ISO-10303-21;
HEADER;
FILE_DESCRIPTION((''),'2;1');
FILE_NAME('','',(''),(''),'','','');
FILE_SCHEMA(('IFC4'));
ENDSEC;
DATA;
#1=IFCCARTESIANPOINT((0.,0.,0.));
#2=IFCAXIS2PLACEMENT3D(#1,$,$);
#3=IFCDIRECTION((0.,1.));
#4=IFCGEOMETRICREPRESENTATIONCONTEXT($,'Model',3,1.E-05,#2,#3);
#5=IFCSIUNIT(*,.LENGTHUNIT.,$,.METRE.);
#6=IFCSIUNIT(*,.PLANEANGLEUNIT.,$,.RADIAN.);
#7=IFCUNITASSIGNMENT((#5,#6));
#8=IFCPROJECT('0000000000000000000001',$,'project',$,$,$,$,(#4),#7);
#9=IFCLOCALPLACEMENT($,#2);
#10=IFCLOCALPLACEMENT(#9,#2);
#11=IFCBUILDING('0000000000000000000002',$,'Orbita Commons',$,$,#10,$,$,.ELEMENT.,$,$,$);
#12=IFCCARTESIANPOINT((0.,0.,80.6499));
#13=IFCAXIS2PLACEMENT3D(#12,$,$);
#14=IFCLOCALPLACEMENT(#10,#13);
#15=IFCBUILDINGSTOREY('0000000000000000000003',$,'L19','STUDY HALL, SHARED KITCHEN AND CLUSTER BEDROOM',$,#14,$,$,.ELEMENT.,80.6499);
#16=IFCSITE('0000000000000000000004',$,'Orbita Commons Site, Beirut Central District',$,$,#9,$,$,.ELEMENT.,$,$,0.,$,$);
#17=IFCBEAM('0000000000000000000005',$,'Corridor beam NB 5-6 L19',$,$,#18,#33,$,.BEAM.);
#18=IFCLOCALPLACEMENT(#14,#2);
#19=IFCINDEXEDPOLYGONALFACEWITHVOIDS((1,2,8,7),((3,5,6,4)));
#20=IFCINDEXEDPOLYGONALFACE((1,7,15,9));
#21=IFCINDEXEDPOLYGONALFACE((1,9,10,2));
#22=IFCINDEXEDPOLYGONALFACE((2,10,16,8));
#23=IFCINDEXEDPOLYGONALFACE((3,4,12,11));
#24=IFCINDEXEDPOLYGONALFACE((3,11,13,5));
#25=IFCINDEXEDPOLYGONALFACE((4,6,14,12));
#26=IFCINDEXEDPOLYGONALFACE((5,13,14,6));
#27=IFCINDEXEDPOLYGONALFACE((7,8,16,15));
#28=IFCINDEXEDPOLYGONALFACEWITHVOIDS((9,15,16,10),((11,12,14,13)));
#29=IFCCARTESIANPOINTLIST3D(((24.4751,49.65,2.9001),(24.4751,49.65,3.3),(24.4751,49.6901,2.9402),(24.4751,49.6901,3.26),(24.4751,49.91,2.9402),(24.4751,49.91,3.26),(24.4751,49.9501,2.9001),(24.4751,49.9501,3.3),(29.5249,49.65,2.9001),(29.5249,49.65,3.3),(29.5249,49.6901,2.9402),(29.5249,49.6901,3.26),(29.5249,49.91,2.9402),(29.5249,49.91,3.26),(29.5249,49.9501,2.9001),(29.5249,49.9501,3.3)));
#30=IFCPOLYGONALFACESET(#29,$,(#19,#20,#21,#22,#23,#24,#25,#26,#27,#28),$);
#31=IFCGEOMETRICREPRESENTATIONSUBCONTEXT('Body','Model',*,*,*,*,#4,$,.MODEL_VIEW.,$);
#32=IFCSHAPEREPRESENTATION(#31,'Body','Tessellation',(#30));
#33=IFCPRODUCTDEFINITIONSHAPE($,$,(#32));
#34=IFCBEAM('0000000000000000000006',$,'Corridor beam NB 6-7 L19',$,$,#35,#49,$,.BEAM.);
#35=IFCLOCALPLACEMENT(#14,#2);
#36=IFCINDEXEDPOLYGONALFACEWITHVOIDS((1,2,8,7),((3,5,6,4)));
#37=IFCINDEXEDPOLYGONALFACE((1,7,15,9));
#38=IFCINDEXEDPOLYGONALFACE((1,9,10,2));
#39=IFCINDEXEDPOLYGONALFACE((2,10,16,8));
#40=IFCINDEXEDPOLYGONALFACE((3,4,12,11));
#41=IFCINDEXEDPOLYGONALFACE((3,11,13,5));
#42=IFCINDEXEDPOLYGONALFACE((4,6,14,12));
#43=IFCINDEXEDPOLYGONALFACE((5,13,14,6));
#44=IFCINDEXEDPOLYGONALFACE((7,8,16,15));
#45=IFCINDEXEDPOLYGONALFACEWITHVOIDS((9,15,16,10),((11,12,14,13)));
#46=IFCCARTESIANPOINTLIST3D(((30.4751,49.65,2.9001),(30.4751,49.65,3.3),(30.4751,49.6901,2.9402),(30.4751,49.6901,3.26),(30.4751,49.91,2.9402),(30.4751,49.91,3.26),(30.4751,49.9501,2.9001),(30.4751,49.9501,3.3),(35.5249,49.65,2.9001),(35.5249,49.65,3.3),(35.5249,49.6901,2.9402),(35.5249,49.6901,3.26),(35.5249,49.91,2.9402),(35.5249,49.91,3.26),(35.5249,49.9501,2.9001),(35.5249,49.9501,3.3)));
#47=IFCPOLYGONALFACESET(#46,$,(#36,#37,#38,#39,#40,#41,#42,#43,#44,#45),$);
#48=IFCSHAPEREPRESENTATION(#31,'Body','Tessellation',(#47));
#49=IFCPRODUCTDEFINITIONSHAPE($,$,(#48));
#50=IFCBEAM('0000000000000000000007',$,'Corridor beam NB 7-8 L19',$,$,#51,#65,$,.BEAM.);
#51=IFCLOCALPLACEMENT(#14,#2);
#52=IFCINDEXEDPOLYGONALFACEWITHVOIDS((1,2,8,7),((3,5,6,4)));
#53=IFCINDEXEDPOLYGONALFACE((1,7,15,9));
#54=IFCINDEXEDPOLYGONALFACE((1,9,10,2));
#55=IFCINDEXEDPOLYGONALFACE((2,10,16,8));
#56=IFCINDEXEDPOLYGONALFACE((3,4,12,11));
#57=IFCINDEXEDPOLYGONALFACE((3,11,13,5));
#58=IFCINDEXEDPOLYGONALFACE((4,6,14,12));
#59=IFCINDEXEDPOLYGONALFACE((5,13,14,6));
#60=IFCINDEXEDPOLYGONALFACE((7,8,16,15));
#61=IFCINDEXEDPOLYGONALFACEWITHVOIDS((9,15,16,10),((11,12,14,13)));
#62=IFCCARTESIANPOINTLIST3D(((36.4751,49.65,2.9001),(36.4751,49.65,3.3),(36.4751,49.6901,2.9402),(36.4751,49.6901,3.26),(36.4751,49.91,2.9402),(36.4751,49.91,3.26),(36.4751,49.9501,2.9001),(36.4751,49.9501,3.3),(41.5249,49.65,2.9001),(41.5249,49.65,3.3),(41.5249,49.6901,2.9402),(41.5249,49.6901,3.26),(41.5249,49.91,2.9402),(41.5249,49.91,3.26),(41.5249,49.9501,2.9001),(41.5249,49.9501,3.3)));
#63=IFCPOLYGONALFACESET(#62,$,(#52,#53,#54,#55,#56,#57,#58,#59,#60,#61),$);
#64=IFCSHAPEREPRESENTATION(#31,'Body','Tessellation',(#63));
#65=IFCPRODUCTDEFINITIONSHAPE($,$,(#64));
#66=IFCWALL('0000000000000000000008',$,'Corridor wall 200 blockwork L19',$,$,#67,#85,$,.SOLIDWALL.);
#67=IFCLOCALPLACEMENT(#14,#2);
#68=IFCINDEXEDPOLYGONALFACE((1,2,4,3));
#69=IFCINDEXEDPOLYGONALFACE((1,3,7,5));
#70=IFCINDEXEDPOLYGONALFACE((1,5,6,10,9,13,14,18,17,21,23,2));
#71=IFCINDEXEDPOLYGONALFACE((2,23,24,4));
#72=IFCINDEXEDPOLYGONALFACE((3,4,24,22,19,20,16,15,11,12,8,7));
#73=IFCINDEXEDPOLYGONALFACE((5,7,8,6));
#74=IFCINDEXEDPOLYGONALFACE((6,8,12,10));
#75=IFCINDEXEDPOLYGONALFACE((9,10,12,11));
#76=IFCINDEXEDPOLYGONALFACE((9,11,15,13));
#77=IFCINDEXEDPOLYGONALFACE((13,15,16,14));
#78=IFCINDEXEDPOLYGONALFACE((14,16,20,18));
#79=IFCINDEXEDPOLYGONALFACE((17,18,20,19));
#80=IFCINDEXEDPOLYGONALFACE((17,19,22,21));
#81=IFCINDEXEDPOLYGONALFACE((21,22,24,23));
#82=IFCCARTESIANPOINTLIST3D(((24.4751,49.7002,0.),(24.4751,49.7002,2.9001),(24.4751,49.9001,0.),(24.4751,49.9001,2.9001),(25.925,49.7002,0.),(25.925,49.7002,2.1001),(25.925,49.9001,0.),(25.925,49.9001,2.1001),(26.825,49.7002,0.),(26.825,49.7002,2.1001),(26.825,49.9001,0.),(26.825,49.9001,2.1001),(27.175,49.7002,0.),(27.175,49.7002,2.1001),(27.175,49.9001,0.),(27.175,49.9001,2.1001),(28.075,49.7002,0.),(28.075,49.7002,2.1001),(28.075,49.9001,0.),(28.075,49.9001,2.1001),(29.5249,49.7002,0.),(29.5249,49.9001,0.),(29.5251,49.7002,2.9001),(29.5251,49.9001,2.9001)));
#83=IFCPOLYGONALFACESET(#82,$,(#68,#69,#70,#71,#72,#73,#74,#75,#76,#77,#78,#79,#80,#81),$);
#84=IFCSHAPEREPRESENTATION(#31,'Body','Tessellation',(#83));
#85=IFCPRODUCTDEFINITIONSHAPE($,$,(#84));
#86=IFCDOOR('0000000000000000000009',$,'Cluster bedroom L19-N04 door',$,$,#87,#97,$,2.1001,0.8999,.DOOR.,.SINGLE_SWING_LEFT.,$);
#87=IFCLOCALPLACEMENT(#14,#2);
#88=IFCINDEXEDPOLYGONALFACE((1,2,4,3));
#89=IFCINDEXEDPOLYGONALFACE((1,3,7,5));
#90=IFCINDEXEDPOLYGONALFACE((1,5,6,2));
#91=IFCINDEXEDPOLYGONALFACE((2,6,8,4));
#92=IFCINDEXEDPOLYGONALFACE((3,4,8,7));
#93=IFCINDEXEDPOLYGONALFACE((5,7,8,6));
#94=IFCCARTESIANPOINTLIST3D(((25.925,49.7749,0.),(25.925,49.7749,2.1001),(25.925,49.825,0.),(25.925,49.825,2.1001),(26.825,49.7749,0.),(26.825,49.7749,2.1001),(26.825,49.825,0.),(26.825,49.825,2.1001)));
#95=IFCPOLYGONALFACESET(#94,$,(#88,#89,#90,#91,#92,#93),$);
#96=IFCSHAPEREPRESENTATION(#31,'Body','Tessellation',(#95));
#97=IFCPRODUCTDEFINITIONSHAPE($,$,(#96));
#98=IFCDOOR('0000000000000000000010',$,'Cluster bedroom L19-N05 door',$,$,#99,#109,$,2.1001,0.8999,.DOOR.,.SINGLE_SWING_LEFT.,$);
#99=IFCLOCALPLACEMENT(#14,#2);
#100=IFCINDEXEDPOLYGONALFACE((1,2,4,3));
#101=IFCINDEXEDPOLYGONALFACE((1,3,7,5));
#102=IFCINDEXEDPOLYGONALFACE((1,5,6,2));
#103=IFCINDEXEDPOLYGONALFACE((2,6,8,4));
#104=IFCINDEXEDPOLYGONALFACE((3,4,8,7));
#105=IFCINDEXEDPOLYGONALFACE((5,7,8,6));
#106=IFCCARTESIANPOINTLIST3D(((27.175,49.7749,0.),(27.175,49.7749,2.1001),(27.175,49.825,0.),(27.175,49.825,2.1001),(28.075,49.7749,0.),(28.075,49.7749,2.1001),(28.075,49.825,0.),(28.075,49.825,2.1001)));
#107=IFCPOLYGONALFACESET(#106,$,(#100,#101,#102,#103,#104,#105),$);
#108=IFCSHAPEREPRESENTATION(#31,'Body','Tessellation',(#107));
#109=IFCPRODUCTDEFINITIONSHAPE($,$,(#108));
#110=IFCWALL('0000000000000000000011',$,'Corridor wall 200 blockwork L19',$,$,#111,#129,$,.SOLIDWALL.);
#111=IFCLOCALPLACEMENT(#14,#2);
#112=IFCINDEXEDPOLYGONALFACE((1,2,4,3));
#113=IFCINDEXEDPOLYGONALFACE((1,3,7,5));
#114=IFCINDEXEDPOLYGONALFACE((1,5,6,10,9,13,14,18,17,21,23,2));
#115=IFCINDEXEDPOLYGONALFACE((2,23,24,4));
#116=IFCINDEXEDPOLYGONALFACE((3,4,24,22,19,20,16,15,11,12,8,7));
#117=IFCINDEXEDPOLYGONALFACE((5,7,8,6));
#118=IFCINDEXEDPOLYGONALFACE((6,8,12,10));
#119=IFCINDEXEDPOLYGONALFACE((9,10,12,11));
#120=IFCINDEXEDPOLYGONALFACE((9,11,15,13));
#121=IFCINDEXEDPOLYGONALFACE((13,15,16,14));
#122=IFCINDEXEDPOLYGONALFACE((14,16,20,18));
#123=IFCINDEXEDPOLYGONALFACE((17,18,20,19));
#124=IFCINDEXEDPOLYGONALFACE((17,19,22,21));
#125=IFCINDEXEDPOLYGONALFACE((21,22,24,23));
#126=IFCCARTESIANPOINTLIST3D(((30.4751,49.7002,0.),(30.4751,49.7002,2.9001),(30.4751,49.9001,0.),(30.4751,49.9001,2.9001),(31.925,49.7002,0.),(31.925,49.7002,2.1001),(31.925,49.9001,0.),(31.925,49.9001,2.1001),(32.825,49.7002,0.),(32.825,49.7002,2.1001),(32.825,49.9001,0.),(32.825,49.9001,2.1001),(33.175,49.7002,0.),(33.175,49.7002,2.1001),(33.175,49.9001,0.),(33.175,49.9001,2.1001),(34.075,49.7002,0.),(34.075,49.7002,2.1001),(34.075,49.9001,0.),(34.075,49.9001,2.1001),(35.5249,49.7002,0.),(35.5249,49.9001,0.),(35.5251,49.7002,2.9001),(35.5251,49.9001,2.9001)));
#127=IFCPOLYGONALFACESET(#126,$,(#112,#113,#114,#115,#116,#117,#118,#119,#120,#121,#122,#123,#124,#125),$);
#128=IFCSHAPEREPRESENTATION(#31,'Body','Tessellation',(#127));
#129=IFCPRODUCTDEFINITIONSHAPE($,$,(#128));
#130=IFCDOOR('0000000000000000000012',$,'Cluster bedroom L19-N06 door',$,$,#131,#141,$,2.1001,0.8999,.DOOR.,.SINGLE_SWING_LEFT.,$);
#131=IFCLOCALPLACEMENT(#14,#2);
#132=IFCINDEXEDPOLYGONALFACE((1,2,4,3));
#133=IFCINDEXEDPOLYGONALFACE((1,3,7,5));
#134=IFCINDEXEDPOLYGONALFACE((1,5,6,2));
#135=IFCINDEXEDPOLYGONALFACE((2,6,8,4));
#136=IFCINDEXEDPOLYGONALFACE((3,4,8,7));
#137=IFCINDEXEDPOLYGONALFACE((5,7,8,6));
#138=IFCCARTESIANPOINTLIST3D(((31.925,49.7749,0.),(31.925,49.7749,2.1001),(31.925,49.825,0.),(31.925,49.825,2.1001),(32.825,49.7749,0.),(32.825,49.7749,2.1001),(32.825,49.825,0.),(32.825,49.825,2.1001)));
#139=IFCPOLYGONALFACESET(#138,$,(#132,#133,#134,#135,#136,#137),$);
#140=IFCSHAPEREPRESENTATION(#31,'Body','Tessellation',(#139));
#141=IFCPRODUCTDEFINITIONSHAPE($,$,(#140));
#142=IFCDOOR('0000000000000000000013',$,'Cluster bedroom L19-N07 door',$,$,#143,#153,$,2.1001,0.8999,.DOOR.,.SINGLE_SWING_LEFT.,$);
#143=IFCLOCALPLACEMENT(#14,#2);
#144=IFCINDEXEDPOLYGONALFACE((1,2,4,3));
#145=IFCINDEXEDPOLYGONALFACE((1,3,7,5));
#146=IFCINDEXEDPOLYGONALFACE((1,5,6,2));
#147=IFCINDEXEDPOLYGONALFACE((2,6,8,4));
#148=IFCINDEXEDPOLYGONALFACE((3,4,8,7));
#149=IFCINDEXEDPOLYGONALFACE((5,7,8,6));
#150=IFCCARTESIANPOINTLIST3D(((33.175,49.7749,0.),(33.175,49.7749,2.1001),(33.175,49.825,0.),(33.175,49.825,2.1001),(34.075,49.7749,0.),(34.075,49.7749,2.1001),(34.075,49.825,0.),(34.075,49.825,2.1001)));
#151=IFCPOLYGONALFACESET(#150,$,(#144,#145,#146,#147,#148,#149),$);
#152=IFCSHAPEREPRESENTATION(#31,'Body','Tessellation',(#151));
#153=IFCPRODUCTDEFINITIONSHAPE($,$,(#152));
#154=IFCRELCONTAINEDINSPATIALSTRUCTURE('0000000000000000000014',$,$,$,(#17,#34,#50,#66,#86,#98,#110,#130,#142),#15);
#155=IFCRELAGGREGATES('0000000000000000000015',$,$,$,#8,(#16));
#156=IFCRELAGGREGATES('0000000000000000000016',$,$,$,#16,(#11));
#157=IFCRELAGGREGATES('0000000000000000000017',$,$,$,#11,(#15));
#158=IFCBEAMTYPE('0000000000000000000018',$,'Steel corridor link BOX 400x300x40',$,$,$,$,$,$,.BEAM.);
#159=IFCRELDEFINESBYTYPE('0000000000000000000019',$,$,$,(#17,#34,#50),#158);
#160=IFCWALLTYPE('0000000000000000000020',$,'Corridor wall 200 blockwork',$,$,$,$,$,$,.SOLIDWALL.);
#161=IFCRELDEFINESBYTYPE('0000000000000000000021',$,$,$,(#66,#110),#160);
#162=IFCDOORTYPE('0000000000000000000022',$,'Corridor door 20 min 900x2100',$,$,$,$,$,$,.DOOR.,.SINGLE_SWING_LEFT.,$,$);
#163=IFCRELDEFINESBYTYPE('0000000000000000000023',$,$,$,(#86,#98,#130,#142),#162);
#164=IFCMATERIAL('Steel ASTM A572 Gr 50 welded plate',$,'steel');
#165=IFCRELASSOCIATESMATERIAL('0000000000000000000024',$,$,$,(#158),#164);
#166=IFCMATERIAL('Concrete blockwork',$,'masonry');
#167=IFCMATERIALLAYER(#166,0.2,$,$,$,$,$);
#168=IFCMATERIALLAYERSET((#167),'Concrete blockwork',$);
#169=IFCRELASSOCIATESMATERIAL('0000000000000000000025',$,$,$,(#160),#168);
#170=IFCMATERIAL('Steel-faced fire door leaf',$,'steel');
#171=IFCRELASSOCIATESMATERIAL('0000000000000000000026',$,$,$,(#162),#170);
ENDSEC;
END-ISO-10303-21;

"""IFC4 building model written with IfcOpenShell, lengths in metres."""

from ifc_helpers import new_model, si_unit, direction, frame, frame_2d, origin, origin_2d, place, context, subcontext, project, spatial, polyline, rectangle, hollow_rectangle, outline, extrude, material, layer, layer_set, material_profile, profile_set, type_object, element, fill, save


model = new_model("IFC4")

# Units and contexts
model_context = context("Model", 3, precision=1e-05, world=origin(), true_north=direction((0.0, 1.0)))
body_context = subcontext(model_context, "Body", "Model", "MODEL_VIEW")
ifc_project = project(units=[si_unit("LENGTHUNIT", "METRE"), si_unit("PLANEANGLEUNIT", "RADIAN")], contexts=[model_context])

# Site, building, storey
site_placement = place(None, origin())
site = spatial("IfcSite", under=ifc_project, at=site_placement, Name="Orbita Commons Site, Beirut Central District", CompositionType="ELEMENT", RefElevation=0.0)
building_placement = place(site_placement, origin())
building = spatial("IfcBuilding", under=site, at=building_placement, Name="Orbita Commons", CompositionType="ELEMENT")
storey_placement = place(building_placement, frame((0.0, 0.0, 80.6499)))
storey = spatial("IfcBuildingStorey", under=building, at=storey_placement, Name="L19", Description="STUDY HALL, SHARED KITCHEN AND CLUSTER BEDROOM", CompositionType="ELEMENT", Elevation=80.6499)

# Beams
ifc_material_1 = material(Name="Steel ASTM A572 Gr 50 welded plate", Category="steel")
ifc_material_profile = material_profile(ifc_material_1, hollow_rectangle(XDim=0.3, YDim=0.3999, WallThickness=0.04, at=origin_2d()), Name="BOX 400x300x40")
ifc_profile_set = profile_set([ifc_material_profile], Name="Steel ASTM A572 Gr 50 welded plate")
beam_type = type_object("IfcBeamType", Name="Steel corridor link BOX 400x300x40", PredefinedType="BEAM", material=ifc_profile_set)
for number, where, z_axis, x_axis, name in (
    (1, (24.4751, 49.8, 3.1001), (1.0, 0.0, 0.0), (0.0, 1.0, 0.0), "Corridor beam NB 5-6 L19"),
    (2, (30.4751, 49.8, 3.1001), (1.0, 0.0, 0.0), (0.0, 1.0, 0.0), "Corridor beam NB 6-7 L19"),
    (3, (36.4751, 49.8, 3.1001), (1.0, 0.0, 0.0), (0.0, 1.0, 0.0), "Corridor beam NB 7-8 L19"),
):
    element("IfcBeam", number, at=place(storey_placement, frame(where, z_axis=z_axis, x_axis=x_axis)), inside=storey, type_object=beam_type, Name=name, PredefinedType="BEAM", context=body_context, shape_type="SweptSolid", body=[
        extrude(hollow_rectangle(XDim=0.3, YDim=0.3999, WallThickness=0.04, at=origin_2d()), origin(), (0.0, 0.0, 1.0), 5.0498),
    ])

# Walls, openings, doors
ifc_material_2 = material(Name="Concrete blockwork", Category="masonry")
ifc_layer_1 = layer(ifc_material_2, 0.2)
ifc_layer_set_1 = layer_set([ifc_layer_1], Name="Concrete blockwork")
wall_type_1 = type_object("IfcWallType", Name="Corridor wall 200 blockwork", PredefinedType="SOLIDWALL", material=ifc_layer_set_1)
wall_1_placement = place(storey_placement, frame((24.4751, 49.8, 0.0), z_axis=(0.0, 0.0, 1.0), x_axis=(1.0, 0.0, 0.0)))
wall_1 = element("IfcWall", 4, at=wall_1_placement, inside=storey, type_object=wall_type_1, Name="Corridor wall 200 blockwork L19", PredefinedType="SOLIDWALL", context=body_context, shape_type="SweptSolid", body=[
    extrude(outline(polyline([(0.0, 0.0), (5.0498, 0.0), (5.05, 2.9001), (0.0, 2.9001), (0.0, 0.0)])), frame((0.0, 0.1001, 0.0), z_axis=(0.0, -1.0, 0.0), x_axis=(1.0, 0.0, 0.0)), (0.0, 0.0, 1.0), 0.2),
])
opening_1_placement = place(wall_1_placement, frame((1.45, 0.0, 0.0)))
opening_1 = element("IfcOpeningElement", 5, at=opening_1_placement, cuts=wall_1, PredefinedType="OPENING", context=body_context, shape_type="SweptSolid", body=[
    extrude(rectangle(XDim=0.8999, YDim=2.1001, at=frame_2d((0.45, 1.05))), frame((0.0, 0.1099, 0.0), z_axis=(0.0, -1.0, 0.0), x_axis=(1.0, 0.0, 0.0)), (0.0, 0.0, 1.0), 0.22),
])
opening_2_placement = place(wall_1_placement, frame((2.7, 0.0, 0.0)))
opening_2 = element("IfcOpeningElement", 6, at=opening_2_placement, cuts=wall_1, PredefinedType="OPENING", context=body_context, shape_type="SweptSolid", body=[
    extrude(rectangle(XDim=0.8999, YDim=2.1001, at=frame_2d((0.45, 1.05))), frame((0.0, 0.1099, 0.0), z_axis=(0.0, -1.0, 0.0), x_axis=(1.0, 0.0, 0.0)), (0.0, 0.0, 1.0), 0.22),
])
ifc_material_3 = material(Name="Steel-faced fire door leaf", Category="steel")
door_type_1 = type_object("IfcDoorType", Name="Corridor door 20 min 900x2100", OperationType="SINGLE_SWING_LEFT", PredefinedType="DOOR", material=ifc_material_3)
door_1_placement = place(opening_1_placement, origin())
door_1 = element("IfcDoor", 7, at=door_1_placement, inside=storey, type_object=door_type_1, Name="Cluster bedroom L19-N04 door", OperationType="SINGLE_SWING_LEFT", OverallHeight=2.1001, OverallWidth=0.8999, PredefinedType="DOOR", context=body_context, shape_type="SweptSolid", body=[
    extrude(rectangle(XDim=0.8999, YDim=2.1001, at=frame_2d((0.45, 1.05))), frame((0.0, 0.0249, 0.0), z_axis=(0.0, -1.0, 0.0), x_axis=(1.0, 0.0, 0.0)), (0.0, 0.0, 1.0), 0.05),
])
fill(opening_1, door_1)
door_2_placement = place(opening_2_placement, origin())
door_2 = element("IfcDoor", 8, at=door_2_placement, inside=storey, type_object=door_type_1, Name="Cluster bedroom L19-N05 door", OperationType="SINGLE_SWING_LEFT", OverallHeight=2.1001, OverallWidth=0.8999, PredefinedType="DOOR", context=body_context, shape_type="SweptSolid", body=[
    extrude(rectangle(XDim=0.8999, YDim=2.1001, at=frame_2d((0.45, 1.05))), frame((0.0, 0.0249, 0.0), z_axis=(0.0, -1.0, 0.0), x_axis=(1.0, 0.0, 0.0)), (0.0, 0.0, 1.0), 0.05),
])
fill(opening_2, door_2)
wall_2_placement = place(storey_placement, frame((30.4751, 49.8, 0.0), z_axis=(0.0, 0.0, 1.0), x_axis=(1.0, 0.0, 0.0)))
wall_2 = element("IfcWall", 9, at=wall_2_placement, inside=storey, type_object=wall_type_1, Name="Corridor wall 200 blockwork L19", PredefinedType="SOLIDWALL", context=body_context, shape_type="SweptSolid", body=[
    extrude(outline(polyline([(0.0, 0.0), (5.0498, 0.0), (5.05, 2.9001), (0.0, 2.9001), (0.0, 0.0)])), frame((0.0, 0.1001, 0.0), z_axis=(0.0, -1.0, 0.0), x_axis=(1.0, 0.0, 0.0)), (0.0, 0.0, 1.0), 0.2),
])
opening_3_placement = place(wall_2_placement, frame((1.45, 0.0, 0.0)))
opening_3 = element("IfcOpeningElement", 10, at=opening_3_placement, cuts=wall_2, PredefinedType="OPENING", context=body_context, shape_type="SweptSolid", body=[
    extrude(rectangle(XDim=0.8999, YDim=2.1001, at=frame_2d((0.45, 1.05))), frame((0.0, 0.1099, 0.0), z_axis=(0.0, -1.0, 0.0), x_axis=(1.0, 0.0, 0.0)), (0.0, 0.0, 1.0), 0.22),
])
opening_4_placement = place(wall_2_placement, frame((2.7, 0.0, 0.0)))
opening_4 = element("IfcOpeningElement", 11, at=opening_4_placement, cuts=wall_2, PredefinedType="OPENING", context=body_context, shape_type="SweptSolid", body=[
    extrude(rectangle(XDim=0.8999, YDim=2.1001, at=frame_2d((0.45, 1.05))), frame((0.0, 0.1099, 0.0), z_axis=(0.0, -1.0, 0.0), x_axis=(1.0, 0.0, 0.0)), (0.0, 0.0, 1.0), 0.22),
])
door_3_placement = place(opening_3_placement, origin())
door_3 = element("IfcDoor", 12, at=door_3_placement, inside=storey, type_object=door_type_1, Name="Cluster bedroom L19-N06 door", OperationType="SINGLE_SWING_LEFT", OverallHeight=2.1001, OverallWidth=0.8999, PredefinedType="DOOR", context=body_context, shape_type="SweptSolid", body=[
    extrude(rectangle(XDim=0.8999, YDim=2.1001, at=frame_2d((0.45, 1.05))), frame((0.0, 0.0249, 0.0), z_axis=(0.0, -1.0, 0.0), x_axis=(1.0, 0.0, 0.0)), (0.0, 0.0, 1.0), 0.05),
])
fill(opening_3, door_3)
door_4_placement = place(opening_4_placement, origin())
door_4 = element("IfcDoor", 13, at=door_4_placement, inside=storey, type_object=door_type_1, Name="Cluster bedroom L19-N07 door", OperationType="SINGLE_SWING_LEFT", OverallHeight=2.1001, OverallWidth=0.8999, PredefinedType="DOOR", context=body_context, shape_type="SweptSolid", body=[
    extrude(rectangle(XDim=0.8999, YDim=2.1001, at=frame_2d((0.45, 1.05))), frame((0.0, 0.0249, 0.0), z_axis=(0.0, -1.0, 0.0), x_axis=(1.0, 0.0, 0.0)), (0.0, 0.0, 1.0), 0.05),
])
fill(opening_4, door_4)

save(model, "model.ifc")
